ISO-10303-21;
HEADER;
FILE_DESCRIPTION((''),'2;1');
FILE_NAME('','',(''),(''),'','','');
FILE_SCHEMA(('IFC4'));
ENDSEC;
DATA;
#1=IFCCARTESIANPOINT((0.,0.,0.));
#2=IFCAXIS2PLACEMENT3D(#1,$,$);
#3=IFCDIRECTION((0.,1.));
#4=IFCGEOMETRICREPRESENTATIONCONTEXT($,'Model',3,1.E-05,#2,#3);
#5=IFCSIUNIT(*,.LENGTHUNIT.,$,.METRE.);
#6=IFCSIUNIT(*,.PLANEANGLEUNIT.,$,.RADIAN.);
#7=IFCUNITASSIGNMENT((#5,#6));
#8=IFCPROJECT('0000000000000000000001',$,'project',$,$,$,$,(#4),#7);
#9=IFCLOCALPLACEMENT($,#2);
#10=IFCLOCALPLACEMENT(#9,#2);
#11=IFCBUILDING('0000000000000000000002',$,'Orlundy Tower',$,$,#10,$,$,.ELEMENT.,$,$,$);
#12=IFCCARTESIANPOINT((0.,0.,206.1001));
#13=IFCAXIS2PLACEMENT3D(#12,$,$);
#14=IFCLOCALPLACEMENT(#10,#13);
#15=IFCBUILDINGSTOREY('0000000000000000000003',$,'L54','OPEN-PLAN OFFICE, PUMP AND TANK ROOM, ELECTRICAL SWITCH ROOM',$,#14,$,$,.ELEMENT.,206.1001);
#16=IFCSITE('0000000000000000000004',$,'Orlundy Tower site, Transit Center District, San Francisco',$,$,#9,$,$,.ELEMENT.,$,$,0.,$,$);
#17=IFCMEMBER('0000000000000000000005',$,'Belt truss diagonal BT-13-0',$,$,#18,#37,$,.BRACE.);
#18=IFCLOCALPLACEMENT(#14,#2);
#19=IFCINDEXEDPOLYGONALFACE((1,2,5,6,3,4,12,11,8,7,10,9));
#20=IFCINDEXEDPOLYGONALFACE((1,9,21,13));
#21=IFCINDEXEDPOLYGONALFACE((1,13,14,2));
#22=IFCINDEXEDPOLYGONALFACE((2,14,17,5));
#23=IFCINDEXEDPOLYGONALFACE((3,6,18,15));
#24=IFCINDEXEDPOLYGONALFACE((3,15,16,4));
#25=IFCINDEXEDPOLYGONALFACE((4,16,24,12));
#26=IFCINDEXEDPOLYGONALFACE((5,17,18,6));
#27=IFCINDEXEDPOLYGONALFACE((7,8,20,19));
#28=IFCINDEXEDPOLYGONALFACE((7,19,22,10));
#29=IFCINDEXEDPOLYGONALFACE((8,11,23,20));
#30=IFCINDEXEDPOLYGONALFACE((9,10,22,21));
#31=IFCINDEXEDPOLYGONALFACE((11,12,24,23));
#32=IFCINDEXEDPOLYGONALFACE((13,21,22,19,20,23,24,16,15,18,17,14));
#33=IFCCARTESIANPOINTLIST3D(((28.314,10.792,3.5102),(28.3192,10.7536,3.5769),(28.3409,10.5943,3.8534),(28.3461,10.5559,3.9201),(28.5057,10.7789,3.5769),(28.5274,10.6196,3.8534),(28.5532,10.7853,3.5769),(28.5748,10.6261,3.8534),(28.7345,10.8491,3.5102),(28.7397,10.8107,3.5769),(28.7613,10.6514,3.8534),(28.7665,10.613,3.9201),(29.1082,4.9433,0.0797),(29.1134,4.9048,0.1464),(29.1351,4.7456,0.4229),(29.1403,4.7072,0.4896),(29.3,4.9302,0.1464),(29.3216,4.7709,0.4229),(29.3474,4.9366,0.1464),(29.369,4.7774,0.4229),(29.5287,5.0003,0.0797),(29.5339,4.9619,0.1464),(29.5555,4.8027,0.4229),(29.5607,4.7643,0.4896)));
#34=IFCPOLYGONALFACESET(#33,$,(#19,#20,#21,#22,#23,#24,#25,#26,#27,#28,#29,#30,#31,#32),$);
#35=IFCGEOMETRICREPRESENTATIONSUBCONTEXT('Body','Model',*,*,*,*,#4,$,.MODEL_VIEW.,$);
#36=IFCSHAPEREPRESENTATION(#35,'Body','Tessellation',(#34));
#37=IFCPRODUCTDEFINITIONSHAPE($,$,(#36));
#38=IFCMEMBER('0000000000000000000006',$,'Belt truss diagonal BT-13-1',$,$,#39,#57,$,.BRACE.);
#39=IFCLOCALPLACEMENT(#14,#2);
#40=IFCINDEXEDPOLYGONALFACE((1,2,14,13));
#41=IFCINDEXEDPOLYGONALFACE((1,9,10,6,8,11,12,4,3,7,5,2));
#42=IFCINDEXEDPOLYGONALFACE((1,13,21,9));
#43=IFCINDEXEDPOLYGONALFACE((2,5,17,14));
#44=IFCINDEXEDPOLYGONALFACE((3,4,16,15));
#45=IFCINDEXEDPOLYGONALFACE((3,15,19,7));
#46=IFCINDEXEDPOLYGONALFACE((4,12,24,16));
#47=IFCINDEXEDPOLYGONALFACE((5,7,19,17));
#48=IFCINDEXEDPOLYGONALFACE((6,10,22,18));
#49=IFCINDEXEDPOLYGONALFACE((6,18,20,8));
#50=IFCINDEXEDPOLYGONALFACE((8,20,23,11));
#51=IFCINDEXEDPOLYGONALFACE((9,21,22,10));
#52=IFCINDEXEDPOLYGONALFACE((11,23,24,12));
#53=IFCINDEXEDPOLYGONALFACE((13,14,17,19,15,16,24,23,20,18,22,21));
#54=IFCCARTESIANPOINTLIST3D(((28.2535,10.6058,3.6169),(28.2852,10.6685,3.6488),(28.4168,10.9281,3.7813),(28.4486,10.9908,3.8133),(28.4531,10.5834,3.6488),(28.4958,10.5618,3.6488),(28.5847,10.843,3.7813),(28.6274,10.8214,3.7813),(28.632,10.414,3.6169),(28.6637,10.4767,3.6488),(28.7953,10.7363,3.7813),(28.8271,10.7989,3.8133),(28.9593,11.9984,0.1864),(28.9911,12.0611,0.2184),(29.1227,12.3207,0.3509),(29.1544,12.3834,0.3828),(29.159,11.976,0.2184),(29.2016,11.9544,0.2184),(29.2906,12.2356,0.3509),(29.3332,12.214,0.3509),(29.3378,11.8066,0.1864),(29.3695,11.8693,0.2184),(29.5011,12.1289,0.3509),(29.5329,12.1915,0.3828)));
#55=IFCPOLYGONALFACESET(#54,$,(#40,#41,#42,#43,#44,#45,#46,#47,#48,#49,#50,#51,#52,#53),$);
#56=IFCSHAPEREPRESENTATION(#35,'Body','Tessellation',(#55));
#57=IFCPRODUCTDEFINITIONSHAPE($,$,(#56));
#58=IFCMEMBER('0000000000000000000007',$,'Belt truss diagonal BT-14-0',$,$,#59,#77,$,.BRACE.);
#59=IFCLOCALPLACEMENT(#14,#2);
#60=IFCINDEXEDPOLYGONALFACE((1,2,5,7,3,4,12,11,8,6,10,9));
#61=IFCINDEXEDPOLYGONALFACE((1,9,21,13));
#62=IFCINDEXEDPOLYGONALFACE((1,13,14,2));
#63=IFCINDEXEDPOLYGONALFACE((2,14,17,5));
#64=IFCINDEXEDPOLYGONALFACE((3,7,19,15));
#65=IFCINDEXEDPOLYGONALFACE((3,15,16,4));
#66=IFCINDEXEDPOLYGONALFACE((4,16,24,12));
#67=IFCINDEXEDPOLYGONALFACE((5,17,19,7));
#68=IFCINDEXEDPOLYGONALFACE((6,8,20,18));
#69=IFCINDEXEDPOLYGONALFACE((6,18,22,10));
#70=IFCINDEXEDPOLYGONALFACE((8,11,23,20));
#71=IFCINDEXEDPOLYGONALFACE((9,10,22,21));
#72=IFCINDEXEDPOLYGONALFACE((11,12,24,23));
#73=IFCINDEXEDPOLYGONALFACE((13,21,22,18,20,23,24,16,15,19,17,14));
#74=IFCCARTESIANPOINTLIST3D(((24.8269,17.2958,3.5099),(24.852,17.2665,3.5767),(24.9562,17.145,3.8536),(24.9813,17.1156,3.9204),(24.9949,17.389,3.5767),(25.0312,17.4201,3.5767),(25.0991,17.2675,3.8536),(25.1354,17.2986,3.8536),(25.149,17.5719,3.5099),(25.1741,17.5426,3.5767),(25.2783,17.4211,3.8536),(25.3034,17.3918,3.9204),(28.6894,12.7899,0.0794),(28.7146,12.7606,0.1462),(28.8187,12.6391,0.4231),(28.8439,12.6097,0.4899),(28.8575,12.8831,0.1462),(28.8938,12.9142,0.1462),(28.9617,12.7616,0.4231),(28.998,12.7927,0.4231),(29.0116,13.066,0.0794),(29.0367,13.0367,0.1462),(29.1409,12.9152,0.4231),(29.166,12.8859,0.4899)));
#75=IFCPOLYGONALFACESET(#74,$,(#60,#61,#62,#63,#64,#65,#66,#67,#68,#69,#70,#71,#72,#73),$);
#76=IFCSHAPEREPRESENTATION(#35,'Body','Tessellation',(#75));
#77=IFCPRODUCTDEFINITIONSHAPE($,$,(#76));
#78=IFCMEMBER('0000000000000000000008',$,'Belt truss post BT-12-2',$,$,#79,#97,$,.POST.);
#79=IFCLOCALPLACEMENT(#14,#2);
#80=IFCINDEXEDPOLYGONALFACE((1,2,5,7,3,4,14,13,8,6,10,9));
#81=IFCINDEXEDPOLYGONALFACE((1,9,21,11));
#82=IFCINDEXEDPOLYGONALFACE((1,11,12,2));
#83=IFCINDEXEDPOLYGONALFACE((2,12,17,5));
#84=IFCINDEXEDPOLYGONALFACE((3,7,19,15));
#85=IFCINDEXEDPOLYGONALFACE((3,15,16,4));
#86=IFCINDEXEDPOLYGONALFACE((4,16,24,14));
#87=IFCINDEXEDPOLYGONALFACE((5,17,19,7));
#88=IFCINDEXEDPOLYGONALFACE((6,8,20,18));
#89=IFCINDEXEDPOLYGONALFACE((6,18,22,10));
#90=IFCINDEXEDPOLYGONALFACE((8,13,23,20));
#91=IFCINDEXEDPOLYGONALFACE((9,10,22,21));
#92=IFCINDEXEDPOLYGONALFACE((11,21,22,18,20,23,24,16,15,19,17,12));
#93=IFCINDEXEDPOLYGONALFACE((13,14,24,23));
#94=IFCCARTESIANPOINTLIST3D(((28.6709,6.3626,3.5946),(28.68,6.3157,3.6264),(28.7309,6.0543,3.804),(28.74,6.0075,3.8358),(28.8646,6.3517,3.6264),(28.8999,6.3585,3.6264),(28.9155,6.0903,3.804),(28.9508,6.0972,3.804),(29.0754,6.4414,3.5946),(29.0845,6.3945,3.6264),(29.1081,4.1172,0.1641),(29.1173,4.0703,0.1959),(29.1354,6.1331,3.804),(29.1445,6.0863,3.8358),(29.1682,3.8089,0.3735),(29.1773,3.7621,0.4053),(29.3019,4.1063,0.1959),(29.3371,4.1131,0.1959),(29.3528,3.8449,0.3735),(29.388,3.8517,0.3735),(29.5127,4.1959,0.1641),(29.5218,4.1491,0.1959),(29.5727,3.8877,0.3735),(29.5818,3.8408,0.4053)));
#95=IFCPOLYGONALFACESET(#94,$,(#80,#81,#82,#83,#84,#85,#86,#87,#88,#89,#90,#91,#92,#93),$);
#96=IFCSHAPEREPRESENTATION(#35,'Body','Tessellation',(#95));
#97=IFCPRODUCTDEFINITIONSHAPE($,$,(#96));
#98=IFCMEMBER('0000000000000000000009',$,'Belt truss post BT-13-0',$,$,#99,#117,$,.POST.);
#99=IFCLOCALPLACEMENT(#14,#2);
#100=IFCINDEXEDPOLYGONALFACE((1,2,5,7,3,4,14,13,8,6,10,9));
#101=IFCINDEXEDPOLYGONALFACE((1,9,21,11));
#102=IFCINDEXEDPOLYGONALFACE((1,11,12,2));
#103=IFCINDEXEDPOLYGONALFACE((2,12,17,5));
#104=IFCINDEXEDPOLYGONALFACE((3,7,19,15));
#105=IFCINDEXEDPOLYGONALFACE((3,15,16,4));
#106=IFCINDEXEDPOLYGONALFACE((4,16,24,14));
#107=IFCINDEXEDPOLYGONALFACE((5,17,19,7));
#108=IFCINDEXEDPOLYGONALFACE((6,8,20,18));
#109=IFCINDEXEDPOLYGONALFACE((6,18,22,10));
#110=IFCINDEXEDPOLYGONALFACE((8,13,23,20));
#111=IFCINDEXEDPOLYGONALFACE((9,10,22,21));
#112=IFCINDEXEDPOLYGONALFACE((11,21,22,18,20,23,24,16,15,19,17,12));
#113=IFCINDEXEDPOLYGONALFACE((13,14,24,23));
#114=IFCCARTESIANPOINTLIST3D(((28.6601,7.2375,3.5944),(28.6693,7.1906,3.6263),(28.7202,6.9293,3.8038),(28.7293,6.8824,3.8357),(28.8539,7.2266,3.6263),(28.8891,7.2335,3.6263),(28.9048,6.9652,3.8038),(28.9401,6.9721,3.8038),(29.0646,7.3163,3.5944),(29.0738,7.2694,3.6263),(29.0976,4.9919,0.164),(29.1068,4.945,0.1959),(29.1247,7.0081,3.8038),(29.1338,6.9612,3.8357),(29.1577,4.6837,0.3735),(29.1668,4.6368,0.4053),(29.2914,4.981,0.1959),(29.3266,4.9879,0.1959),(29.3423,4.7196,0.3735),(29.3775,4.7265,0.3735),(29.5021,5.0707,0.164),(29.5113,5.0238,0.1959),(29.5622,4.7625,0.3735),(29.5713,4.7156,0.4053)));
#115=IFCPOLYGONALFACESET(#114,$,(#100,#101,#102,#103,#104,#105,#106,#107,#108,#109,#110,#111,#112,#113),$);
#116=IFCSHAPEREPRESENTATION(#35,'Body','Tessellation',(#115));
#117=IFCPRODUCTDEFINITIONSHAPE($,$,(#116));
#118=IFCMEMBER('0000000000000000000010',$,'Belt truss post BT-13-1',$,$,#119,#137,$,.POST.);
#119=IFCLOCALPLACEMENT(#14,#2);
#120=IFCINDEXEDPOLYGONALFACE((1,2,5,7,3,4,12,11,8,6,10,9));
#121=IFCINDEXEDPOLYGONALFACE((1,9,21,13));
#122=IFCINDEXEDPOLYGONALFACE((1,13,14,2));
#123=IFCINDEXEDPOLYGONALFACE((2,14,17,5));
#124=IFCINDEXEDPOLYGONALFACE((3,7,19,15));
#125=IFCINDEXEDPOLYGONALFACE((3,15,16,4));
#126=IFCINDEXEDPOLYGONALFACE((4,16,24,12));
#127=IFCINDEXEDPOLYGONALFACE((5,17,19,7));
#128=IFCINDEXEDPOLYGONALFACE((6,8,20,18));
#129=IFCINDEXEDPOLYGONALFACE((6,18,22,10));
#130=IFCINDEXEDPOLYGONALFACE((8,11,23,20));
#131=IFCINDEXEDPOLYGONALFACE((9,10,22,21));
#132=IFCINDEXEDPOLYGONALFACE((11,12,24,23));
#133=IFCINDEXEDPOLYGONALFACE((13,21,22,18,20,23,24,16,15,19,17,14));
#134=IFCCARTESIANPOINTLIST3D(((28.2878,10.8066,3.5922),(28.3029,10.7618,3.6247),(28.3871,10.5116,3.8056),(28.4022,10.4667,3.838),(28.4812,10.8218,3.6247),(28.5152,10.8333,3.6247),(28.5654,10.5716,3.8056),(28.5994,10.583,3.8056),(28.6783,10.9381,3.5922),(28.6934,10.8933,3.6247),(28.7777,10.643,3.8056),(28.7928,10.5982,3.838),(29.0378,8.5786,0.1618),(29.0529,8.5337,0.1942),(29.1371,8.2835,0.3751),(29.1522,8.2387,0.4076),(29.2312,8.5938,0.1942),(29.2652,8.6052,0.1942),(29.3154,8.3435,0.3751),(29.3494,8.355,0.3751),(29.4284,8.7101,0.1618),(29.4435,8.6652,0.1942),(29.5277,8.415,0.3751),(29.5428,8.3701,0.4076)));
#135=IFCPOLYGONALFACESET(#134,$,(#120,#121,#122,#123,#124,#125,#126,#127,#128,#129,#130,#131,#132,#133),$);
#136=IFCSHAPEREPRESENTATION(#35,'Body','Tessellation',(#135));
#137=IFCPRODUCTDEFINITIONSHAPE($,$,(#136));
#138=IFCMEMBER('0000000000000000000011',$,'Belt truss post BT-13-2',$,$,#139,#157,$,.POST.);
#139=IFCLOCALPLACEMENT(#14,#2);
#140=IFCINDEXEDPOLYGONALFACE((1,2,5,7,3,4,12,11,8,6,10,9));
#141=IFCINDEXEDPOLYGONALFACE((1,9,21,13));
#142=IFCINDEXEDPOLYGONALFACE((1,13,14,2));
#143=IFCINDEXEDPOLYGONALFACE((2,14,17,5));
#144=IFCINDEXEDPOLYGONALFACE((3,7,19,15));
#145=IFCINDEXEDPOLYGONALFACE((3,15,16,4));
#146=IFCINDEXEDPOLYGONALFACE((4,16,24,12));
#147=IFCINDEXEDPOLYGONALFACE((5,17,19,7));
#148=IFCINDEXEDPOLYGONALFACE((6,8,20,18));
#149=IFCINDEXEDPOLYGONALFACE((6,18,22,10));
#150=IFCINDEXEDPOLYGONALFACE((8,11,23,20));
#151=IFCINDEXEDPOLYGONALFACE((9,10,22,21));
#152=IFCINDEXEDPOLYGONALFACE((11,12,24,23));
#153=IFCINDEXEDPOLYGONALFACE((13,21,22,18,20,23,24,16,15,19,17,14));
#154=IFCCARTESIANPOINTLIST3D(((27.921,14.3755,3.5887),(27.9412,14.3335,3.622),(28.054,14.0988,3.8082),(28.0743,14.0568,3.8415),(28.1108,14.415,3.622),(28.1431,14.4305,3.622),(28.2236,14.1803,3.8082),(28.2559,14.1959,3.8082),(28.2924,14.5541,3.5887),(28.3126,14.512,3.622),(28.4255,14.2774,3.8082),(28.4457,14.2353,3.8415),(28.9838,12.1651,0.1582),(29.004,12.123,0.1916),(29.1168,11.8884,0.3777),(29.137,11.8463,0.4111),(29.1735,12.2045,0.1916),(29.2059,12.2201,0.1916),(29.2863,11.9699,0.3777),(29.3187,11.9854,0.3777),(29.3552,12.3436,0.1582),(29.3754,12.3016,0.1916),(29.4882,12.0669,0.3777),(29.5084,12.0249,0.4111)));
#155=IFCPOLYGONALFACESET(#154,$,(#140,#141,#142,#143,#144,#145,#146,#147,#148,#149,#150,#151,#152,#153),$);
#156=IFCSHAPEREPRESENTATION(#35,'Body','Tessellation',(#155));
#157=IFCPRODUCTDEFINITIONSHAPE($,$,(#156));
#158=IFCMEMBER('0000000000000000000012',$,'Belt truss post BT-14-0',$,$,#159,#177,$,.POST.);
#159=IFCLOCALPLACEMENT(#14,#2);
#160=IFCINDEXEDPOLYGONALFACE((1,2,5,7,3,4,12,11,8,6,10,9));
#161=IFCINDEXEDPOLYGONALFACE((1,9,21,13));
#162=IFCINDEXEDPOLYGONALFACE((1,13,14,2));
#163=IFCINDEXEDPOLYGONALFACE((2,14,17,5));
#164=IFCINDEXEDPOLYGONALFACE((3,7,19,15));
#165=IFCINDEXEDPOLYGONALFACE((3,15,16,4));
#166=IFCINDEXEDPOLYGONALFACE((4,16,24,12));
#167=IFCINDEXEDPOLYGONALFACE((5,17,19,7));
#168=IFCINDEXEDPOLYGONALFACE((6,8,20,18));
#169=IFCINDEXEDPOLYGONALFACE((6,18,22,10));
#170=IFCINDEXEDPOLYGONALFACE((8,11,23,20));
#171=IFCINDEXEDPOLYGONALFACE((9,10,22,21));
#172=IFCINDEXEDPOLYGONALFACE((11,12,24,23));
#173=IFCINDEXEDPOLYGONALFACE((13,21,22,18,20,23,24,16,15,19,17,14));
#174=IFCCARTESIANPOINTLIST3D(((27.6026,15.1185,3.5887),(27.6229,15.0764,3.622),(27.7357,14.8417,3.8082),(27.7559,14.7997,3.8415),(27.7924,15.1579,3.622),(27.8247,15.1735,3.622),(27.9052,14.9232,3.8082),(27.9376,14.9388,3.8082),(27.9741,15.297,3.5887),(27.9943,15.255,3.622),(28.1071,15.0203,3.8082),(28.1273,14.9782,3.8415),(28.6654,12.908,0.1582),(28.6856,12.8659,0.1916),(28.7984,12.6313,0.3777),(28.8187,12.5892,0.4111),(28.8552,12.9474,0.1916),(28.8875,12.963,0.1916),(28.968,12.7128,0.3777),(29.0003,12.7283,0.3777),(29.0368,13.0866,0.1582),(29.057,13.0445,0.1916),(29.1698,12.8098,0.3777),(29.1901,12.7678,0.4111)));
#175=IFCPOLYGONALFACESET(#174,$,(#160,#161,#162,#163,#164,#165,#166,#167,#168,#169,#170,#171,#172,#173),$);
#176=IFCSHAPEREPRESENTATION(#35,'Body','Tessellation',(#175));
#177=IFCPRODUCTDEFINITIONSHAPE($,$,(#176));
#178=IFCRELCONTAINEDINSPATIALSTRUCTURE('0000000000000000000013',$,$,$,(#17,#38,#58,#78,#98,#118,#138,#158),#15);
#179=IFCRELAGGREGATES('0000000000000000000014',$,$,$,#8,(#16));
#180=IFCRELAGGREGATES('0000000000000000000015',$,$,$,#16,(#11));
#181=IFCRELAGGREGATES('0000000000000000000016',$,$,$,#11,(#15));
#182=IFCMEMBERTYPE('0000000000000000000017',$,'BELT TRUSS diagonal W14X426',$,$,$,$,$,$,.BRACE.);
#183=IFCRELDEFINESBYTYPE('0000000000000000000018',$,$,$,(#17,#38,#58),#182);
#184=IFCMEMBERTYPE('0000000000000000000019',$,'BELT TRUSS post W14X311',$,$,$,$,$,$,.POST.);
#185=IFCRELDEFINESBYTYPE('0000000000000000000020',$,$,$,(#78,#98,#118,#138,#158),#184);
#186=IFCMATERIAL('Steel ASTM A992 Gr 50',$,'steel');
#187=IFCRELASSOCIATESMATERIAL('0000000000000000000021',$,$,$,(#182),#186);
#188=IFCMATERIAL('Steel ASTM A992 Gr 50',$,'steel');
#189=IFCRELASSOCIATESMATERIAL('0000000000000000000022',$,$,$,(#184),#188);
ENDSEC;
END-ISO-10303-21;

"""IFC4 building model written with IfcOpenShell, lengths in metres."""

from ifc_helpers import new_model, si_unit, direction, frame, origin, origin_2d, place, context, subcontext, project, spatial, i_section, extrude, material, material_profile, profile_set, type_object, element, save


model = new_model("IFC4")

# Units and contexts
model_context = context("Model", 3, precision=1e-05, world=origin(), true_north=direction((0.0, 1.0)))
body_context = subcontext(model_context, "Body", "Model", "MODEL_VIEW")
ifc_project = project(units=[si_unit("LENGTHUNIT", "METRE"), si_unit("PLANEANGLEUNIT", "RADIAN")], contexts=[model_context])

# Site, building, storey
site_placement = place(None, origin())
site = spatial("IfcSite", under=ifc_project, at=site_placement, Name="Orlundy Tower site, Transit Center District, San Francisco", CompositionType="ELEMENT", RefElevation=0.0)
building_placement = place(site_placement, origin())
building = spatial("IfcBuilding", under=site, at=building_placement, Name="Orlundy Tower", CompositionType="ELEMENT")
storey_placement = place(building_placement, frame((0.0, 0.0, 206.1001)))
storey = spatial("IfcBuildingStorey", under=building, at=storey_placement, Name="L54", Description="OPEN-PLAN OFFICE, PUMP AND TANK ROOM, ELECTRICAL SWITCH ROOM", CompositionType="ELEMENT", Elevation=206.1001)

# Members
ifc_material_1 = material(Name="Steel ASTM A992 Gr 50", Category="steel")
ifc_material_profile_1 = material_profile(ifc_material_1, i_section(OverallWidth=0.4243, OverallDepth=0.4741, WebThickness=0.0479, FlangeThickness=0.0771, at=origin_2d()), Name="W14X426")
ifc_profile_set_1 = profile_set([ifc_material_profile_1], Name="Steel ASTM A992 Gr 50")
member_type_1 = type_object("IfcMemberType", Name="BELT TRUSS diagonal W14X426", PredefinedType="BRACE", material=ifc_profile_set_1)
member_1_placement = place(storey_placement, frame((29.3345, 4.8538, 0.2847), z_axis=(-0.116334, 0.856718, 0.502494), x_axis=(-0.990906, -0.134556, 0.0)))
element("IfcMember", 1, at=member_1_placement, inside=storey, type_object=member_type_1, Name="Belt truss diagonal BT-13-0", PredefinedType="BRACE", context=body_context, shape_type="SweptSolid", body=[
    extrude(i_section(OverallWidth=0.4243, OverallDepth=0.4741, WebThickness=0.0479, FlangeThickness=0.0771, at=origin_2d()), origin(), (0.0, 0.0, 1.0), 6.8269),
])
member_2_placement = place(storey_placement, frame((28.5403, 10.7024, 3.7151), z_axis=(0.187268, 0.369484, -0.910172), x_axis=(-0.891974, 0.452086, 0.0)))
element("IfcMember", 2, at=member_2_placement, inside=storey, type_object=member_type_1, Name="Belt truss diagonal BT-13-1", PredefinedType="BRACE", context=body_context, shape_type="SweptSolid", body=[
    extrude(i_section(OverallWidth=0.4243, OverallDepth=0.4741, WebThickness=0.0479, FlangeThickness=0.0771, at=origin_2d()), origin(), (0.0, 0.0, 1.0), 3.769),
])
member_3_placement = place(storey_placement, frame((28.9277, 12.8379, 0.2847), z_axis=(-0.563472, 0.657318, 0.500432), x_axis=(-0.759225, -0.650829, 0.0)))
element("IfcMember", 3, at=member_3_placement, inside=storey, type_object=member_type_1, Name="Belt truss diagonal BT-14-0", PredefinedType="BRACE", context=body_context, shape_type="SweptSolid", body=[
    extrude(i_section(OverallWidth=0.4243, OverallDepth=0.4741, WebThickness=0.0479, FlangeThickness=0.0771, at=origin_2d()), origin(), (0.0, 0.0, 1.0), 6.855),
])
ifc_material_2 = material(Name="Steel ASTM A992 Gr 50", Category="steel")
ifc_material_profile_2 = material_profile(ifc_material_2, i_section(OverallWidth=0.4121, OverallDepth=0.4348, WebThickness=0.0359, FlangeThickness=0.0574, at=origin_2d()), Name="W14X311")
ifc_profile_set_2 = profile_set([ifc_material_profile_2], Name="Steel ASTM A992 Gr 50")
member_type_2 = type_object("IfcMemberType", Name="BELT TRUSS post W14X311", PredefinedType="POST", material=ifc_profile_set_2)
for number, where, z_axis, x_axis, name in (
    (4, (29.345, 3.979, 0.2847), (-0.106048, 0.54457, 0.831984), (-0.981561, -0.191147, 0.0), "Belt truss post BT-12-2"),
    (5, (29.3345, 4.8538, 0.2847), (-0.106103, 0.544608, 0.831952), (-0.981545, -0.19123, 0.0), "Belt truss post BT-13-0"),
):
    element("IfcMember", number, at=place(storey_placement, frame(where, z_axis=z_axis, x_axis=x_axis)), inside=storey, type_object=member_type_2, Name=name, PredefinedType="POST", context=body_context, shape_type="SweptSolid", body=[
        extrude(i_section(OverallWidth=0.4121, OverallDepth=0.4348, WebThickness=0.0359, FlangeThickness=0.0574, at=origin_2d()), origin(), (0.0, 0.0, 1.0), 4.1233),
    ])
member_4_placement = place(storey_placement, frame((29.2903, 8.4744, 0.2847), z_axis=(-0.180347, 0.535757, 0.824887), x_axis=(-0.947744, -0.31903, 0.0)))
element("IfcMember", 6, at=member_4_placement, inside=storey, type_object=member_type_2, Name="Belt truss post BT-13-1", PredefinedType="POST", context=body_context, shape_type="SweptSolid", body=[
    extrude(i_section(OverallWidth=0.4121, OverallDepth=0.4348, WebThickness=0.0359, FlangeThickness=0.0574, at=origin_2d()), origin(), (0.0, 0.0, 1.0), 4.1587),
])
for number, where, z_axis, x_axis, name in (
    (7, (29.2461, 12.095, 0.2847), (-0.252013, 0.524173, 0.813469), (-0.901248, -0.433304, 0.0), "Belt truss post BT-13-2"),
    (8, (28.9277, 12.8379, 0.2847), (-0.252013, 0.524173, 0.813469), (-0.901248, -0.433304, 0.0), "Belt truss post BT-14-0"),
):
    element("IfcMember", number, at=place(storey_placement, frame(where, z_axis=z_axis, x_axis=x_axis)), inside=storey, type_object=member_type_2, Name=name, PredefinedType="POST", context=body_context, shape_type="SweptSolid", body=[
        extrude(i_section(OverallWidth=0.4121, OverallDepth=0.4348, WebThickness=0.0359, FlangeThickness=0.0574, at=origin_2d()), origin(), (0.0, 0.0, 1.0), 4.217),
    ])

save(model, "model.ifc")
